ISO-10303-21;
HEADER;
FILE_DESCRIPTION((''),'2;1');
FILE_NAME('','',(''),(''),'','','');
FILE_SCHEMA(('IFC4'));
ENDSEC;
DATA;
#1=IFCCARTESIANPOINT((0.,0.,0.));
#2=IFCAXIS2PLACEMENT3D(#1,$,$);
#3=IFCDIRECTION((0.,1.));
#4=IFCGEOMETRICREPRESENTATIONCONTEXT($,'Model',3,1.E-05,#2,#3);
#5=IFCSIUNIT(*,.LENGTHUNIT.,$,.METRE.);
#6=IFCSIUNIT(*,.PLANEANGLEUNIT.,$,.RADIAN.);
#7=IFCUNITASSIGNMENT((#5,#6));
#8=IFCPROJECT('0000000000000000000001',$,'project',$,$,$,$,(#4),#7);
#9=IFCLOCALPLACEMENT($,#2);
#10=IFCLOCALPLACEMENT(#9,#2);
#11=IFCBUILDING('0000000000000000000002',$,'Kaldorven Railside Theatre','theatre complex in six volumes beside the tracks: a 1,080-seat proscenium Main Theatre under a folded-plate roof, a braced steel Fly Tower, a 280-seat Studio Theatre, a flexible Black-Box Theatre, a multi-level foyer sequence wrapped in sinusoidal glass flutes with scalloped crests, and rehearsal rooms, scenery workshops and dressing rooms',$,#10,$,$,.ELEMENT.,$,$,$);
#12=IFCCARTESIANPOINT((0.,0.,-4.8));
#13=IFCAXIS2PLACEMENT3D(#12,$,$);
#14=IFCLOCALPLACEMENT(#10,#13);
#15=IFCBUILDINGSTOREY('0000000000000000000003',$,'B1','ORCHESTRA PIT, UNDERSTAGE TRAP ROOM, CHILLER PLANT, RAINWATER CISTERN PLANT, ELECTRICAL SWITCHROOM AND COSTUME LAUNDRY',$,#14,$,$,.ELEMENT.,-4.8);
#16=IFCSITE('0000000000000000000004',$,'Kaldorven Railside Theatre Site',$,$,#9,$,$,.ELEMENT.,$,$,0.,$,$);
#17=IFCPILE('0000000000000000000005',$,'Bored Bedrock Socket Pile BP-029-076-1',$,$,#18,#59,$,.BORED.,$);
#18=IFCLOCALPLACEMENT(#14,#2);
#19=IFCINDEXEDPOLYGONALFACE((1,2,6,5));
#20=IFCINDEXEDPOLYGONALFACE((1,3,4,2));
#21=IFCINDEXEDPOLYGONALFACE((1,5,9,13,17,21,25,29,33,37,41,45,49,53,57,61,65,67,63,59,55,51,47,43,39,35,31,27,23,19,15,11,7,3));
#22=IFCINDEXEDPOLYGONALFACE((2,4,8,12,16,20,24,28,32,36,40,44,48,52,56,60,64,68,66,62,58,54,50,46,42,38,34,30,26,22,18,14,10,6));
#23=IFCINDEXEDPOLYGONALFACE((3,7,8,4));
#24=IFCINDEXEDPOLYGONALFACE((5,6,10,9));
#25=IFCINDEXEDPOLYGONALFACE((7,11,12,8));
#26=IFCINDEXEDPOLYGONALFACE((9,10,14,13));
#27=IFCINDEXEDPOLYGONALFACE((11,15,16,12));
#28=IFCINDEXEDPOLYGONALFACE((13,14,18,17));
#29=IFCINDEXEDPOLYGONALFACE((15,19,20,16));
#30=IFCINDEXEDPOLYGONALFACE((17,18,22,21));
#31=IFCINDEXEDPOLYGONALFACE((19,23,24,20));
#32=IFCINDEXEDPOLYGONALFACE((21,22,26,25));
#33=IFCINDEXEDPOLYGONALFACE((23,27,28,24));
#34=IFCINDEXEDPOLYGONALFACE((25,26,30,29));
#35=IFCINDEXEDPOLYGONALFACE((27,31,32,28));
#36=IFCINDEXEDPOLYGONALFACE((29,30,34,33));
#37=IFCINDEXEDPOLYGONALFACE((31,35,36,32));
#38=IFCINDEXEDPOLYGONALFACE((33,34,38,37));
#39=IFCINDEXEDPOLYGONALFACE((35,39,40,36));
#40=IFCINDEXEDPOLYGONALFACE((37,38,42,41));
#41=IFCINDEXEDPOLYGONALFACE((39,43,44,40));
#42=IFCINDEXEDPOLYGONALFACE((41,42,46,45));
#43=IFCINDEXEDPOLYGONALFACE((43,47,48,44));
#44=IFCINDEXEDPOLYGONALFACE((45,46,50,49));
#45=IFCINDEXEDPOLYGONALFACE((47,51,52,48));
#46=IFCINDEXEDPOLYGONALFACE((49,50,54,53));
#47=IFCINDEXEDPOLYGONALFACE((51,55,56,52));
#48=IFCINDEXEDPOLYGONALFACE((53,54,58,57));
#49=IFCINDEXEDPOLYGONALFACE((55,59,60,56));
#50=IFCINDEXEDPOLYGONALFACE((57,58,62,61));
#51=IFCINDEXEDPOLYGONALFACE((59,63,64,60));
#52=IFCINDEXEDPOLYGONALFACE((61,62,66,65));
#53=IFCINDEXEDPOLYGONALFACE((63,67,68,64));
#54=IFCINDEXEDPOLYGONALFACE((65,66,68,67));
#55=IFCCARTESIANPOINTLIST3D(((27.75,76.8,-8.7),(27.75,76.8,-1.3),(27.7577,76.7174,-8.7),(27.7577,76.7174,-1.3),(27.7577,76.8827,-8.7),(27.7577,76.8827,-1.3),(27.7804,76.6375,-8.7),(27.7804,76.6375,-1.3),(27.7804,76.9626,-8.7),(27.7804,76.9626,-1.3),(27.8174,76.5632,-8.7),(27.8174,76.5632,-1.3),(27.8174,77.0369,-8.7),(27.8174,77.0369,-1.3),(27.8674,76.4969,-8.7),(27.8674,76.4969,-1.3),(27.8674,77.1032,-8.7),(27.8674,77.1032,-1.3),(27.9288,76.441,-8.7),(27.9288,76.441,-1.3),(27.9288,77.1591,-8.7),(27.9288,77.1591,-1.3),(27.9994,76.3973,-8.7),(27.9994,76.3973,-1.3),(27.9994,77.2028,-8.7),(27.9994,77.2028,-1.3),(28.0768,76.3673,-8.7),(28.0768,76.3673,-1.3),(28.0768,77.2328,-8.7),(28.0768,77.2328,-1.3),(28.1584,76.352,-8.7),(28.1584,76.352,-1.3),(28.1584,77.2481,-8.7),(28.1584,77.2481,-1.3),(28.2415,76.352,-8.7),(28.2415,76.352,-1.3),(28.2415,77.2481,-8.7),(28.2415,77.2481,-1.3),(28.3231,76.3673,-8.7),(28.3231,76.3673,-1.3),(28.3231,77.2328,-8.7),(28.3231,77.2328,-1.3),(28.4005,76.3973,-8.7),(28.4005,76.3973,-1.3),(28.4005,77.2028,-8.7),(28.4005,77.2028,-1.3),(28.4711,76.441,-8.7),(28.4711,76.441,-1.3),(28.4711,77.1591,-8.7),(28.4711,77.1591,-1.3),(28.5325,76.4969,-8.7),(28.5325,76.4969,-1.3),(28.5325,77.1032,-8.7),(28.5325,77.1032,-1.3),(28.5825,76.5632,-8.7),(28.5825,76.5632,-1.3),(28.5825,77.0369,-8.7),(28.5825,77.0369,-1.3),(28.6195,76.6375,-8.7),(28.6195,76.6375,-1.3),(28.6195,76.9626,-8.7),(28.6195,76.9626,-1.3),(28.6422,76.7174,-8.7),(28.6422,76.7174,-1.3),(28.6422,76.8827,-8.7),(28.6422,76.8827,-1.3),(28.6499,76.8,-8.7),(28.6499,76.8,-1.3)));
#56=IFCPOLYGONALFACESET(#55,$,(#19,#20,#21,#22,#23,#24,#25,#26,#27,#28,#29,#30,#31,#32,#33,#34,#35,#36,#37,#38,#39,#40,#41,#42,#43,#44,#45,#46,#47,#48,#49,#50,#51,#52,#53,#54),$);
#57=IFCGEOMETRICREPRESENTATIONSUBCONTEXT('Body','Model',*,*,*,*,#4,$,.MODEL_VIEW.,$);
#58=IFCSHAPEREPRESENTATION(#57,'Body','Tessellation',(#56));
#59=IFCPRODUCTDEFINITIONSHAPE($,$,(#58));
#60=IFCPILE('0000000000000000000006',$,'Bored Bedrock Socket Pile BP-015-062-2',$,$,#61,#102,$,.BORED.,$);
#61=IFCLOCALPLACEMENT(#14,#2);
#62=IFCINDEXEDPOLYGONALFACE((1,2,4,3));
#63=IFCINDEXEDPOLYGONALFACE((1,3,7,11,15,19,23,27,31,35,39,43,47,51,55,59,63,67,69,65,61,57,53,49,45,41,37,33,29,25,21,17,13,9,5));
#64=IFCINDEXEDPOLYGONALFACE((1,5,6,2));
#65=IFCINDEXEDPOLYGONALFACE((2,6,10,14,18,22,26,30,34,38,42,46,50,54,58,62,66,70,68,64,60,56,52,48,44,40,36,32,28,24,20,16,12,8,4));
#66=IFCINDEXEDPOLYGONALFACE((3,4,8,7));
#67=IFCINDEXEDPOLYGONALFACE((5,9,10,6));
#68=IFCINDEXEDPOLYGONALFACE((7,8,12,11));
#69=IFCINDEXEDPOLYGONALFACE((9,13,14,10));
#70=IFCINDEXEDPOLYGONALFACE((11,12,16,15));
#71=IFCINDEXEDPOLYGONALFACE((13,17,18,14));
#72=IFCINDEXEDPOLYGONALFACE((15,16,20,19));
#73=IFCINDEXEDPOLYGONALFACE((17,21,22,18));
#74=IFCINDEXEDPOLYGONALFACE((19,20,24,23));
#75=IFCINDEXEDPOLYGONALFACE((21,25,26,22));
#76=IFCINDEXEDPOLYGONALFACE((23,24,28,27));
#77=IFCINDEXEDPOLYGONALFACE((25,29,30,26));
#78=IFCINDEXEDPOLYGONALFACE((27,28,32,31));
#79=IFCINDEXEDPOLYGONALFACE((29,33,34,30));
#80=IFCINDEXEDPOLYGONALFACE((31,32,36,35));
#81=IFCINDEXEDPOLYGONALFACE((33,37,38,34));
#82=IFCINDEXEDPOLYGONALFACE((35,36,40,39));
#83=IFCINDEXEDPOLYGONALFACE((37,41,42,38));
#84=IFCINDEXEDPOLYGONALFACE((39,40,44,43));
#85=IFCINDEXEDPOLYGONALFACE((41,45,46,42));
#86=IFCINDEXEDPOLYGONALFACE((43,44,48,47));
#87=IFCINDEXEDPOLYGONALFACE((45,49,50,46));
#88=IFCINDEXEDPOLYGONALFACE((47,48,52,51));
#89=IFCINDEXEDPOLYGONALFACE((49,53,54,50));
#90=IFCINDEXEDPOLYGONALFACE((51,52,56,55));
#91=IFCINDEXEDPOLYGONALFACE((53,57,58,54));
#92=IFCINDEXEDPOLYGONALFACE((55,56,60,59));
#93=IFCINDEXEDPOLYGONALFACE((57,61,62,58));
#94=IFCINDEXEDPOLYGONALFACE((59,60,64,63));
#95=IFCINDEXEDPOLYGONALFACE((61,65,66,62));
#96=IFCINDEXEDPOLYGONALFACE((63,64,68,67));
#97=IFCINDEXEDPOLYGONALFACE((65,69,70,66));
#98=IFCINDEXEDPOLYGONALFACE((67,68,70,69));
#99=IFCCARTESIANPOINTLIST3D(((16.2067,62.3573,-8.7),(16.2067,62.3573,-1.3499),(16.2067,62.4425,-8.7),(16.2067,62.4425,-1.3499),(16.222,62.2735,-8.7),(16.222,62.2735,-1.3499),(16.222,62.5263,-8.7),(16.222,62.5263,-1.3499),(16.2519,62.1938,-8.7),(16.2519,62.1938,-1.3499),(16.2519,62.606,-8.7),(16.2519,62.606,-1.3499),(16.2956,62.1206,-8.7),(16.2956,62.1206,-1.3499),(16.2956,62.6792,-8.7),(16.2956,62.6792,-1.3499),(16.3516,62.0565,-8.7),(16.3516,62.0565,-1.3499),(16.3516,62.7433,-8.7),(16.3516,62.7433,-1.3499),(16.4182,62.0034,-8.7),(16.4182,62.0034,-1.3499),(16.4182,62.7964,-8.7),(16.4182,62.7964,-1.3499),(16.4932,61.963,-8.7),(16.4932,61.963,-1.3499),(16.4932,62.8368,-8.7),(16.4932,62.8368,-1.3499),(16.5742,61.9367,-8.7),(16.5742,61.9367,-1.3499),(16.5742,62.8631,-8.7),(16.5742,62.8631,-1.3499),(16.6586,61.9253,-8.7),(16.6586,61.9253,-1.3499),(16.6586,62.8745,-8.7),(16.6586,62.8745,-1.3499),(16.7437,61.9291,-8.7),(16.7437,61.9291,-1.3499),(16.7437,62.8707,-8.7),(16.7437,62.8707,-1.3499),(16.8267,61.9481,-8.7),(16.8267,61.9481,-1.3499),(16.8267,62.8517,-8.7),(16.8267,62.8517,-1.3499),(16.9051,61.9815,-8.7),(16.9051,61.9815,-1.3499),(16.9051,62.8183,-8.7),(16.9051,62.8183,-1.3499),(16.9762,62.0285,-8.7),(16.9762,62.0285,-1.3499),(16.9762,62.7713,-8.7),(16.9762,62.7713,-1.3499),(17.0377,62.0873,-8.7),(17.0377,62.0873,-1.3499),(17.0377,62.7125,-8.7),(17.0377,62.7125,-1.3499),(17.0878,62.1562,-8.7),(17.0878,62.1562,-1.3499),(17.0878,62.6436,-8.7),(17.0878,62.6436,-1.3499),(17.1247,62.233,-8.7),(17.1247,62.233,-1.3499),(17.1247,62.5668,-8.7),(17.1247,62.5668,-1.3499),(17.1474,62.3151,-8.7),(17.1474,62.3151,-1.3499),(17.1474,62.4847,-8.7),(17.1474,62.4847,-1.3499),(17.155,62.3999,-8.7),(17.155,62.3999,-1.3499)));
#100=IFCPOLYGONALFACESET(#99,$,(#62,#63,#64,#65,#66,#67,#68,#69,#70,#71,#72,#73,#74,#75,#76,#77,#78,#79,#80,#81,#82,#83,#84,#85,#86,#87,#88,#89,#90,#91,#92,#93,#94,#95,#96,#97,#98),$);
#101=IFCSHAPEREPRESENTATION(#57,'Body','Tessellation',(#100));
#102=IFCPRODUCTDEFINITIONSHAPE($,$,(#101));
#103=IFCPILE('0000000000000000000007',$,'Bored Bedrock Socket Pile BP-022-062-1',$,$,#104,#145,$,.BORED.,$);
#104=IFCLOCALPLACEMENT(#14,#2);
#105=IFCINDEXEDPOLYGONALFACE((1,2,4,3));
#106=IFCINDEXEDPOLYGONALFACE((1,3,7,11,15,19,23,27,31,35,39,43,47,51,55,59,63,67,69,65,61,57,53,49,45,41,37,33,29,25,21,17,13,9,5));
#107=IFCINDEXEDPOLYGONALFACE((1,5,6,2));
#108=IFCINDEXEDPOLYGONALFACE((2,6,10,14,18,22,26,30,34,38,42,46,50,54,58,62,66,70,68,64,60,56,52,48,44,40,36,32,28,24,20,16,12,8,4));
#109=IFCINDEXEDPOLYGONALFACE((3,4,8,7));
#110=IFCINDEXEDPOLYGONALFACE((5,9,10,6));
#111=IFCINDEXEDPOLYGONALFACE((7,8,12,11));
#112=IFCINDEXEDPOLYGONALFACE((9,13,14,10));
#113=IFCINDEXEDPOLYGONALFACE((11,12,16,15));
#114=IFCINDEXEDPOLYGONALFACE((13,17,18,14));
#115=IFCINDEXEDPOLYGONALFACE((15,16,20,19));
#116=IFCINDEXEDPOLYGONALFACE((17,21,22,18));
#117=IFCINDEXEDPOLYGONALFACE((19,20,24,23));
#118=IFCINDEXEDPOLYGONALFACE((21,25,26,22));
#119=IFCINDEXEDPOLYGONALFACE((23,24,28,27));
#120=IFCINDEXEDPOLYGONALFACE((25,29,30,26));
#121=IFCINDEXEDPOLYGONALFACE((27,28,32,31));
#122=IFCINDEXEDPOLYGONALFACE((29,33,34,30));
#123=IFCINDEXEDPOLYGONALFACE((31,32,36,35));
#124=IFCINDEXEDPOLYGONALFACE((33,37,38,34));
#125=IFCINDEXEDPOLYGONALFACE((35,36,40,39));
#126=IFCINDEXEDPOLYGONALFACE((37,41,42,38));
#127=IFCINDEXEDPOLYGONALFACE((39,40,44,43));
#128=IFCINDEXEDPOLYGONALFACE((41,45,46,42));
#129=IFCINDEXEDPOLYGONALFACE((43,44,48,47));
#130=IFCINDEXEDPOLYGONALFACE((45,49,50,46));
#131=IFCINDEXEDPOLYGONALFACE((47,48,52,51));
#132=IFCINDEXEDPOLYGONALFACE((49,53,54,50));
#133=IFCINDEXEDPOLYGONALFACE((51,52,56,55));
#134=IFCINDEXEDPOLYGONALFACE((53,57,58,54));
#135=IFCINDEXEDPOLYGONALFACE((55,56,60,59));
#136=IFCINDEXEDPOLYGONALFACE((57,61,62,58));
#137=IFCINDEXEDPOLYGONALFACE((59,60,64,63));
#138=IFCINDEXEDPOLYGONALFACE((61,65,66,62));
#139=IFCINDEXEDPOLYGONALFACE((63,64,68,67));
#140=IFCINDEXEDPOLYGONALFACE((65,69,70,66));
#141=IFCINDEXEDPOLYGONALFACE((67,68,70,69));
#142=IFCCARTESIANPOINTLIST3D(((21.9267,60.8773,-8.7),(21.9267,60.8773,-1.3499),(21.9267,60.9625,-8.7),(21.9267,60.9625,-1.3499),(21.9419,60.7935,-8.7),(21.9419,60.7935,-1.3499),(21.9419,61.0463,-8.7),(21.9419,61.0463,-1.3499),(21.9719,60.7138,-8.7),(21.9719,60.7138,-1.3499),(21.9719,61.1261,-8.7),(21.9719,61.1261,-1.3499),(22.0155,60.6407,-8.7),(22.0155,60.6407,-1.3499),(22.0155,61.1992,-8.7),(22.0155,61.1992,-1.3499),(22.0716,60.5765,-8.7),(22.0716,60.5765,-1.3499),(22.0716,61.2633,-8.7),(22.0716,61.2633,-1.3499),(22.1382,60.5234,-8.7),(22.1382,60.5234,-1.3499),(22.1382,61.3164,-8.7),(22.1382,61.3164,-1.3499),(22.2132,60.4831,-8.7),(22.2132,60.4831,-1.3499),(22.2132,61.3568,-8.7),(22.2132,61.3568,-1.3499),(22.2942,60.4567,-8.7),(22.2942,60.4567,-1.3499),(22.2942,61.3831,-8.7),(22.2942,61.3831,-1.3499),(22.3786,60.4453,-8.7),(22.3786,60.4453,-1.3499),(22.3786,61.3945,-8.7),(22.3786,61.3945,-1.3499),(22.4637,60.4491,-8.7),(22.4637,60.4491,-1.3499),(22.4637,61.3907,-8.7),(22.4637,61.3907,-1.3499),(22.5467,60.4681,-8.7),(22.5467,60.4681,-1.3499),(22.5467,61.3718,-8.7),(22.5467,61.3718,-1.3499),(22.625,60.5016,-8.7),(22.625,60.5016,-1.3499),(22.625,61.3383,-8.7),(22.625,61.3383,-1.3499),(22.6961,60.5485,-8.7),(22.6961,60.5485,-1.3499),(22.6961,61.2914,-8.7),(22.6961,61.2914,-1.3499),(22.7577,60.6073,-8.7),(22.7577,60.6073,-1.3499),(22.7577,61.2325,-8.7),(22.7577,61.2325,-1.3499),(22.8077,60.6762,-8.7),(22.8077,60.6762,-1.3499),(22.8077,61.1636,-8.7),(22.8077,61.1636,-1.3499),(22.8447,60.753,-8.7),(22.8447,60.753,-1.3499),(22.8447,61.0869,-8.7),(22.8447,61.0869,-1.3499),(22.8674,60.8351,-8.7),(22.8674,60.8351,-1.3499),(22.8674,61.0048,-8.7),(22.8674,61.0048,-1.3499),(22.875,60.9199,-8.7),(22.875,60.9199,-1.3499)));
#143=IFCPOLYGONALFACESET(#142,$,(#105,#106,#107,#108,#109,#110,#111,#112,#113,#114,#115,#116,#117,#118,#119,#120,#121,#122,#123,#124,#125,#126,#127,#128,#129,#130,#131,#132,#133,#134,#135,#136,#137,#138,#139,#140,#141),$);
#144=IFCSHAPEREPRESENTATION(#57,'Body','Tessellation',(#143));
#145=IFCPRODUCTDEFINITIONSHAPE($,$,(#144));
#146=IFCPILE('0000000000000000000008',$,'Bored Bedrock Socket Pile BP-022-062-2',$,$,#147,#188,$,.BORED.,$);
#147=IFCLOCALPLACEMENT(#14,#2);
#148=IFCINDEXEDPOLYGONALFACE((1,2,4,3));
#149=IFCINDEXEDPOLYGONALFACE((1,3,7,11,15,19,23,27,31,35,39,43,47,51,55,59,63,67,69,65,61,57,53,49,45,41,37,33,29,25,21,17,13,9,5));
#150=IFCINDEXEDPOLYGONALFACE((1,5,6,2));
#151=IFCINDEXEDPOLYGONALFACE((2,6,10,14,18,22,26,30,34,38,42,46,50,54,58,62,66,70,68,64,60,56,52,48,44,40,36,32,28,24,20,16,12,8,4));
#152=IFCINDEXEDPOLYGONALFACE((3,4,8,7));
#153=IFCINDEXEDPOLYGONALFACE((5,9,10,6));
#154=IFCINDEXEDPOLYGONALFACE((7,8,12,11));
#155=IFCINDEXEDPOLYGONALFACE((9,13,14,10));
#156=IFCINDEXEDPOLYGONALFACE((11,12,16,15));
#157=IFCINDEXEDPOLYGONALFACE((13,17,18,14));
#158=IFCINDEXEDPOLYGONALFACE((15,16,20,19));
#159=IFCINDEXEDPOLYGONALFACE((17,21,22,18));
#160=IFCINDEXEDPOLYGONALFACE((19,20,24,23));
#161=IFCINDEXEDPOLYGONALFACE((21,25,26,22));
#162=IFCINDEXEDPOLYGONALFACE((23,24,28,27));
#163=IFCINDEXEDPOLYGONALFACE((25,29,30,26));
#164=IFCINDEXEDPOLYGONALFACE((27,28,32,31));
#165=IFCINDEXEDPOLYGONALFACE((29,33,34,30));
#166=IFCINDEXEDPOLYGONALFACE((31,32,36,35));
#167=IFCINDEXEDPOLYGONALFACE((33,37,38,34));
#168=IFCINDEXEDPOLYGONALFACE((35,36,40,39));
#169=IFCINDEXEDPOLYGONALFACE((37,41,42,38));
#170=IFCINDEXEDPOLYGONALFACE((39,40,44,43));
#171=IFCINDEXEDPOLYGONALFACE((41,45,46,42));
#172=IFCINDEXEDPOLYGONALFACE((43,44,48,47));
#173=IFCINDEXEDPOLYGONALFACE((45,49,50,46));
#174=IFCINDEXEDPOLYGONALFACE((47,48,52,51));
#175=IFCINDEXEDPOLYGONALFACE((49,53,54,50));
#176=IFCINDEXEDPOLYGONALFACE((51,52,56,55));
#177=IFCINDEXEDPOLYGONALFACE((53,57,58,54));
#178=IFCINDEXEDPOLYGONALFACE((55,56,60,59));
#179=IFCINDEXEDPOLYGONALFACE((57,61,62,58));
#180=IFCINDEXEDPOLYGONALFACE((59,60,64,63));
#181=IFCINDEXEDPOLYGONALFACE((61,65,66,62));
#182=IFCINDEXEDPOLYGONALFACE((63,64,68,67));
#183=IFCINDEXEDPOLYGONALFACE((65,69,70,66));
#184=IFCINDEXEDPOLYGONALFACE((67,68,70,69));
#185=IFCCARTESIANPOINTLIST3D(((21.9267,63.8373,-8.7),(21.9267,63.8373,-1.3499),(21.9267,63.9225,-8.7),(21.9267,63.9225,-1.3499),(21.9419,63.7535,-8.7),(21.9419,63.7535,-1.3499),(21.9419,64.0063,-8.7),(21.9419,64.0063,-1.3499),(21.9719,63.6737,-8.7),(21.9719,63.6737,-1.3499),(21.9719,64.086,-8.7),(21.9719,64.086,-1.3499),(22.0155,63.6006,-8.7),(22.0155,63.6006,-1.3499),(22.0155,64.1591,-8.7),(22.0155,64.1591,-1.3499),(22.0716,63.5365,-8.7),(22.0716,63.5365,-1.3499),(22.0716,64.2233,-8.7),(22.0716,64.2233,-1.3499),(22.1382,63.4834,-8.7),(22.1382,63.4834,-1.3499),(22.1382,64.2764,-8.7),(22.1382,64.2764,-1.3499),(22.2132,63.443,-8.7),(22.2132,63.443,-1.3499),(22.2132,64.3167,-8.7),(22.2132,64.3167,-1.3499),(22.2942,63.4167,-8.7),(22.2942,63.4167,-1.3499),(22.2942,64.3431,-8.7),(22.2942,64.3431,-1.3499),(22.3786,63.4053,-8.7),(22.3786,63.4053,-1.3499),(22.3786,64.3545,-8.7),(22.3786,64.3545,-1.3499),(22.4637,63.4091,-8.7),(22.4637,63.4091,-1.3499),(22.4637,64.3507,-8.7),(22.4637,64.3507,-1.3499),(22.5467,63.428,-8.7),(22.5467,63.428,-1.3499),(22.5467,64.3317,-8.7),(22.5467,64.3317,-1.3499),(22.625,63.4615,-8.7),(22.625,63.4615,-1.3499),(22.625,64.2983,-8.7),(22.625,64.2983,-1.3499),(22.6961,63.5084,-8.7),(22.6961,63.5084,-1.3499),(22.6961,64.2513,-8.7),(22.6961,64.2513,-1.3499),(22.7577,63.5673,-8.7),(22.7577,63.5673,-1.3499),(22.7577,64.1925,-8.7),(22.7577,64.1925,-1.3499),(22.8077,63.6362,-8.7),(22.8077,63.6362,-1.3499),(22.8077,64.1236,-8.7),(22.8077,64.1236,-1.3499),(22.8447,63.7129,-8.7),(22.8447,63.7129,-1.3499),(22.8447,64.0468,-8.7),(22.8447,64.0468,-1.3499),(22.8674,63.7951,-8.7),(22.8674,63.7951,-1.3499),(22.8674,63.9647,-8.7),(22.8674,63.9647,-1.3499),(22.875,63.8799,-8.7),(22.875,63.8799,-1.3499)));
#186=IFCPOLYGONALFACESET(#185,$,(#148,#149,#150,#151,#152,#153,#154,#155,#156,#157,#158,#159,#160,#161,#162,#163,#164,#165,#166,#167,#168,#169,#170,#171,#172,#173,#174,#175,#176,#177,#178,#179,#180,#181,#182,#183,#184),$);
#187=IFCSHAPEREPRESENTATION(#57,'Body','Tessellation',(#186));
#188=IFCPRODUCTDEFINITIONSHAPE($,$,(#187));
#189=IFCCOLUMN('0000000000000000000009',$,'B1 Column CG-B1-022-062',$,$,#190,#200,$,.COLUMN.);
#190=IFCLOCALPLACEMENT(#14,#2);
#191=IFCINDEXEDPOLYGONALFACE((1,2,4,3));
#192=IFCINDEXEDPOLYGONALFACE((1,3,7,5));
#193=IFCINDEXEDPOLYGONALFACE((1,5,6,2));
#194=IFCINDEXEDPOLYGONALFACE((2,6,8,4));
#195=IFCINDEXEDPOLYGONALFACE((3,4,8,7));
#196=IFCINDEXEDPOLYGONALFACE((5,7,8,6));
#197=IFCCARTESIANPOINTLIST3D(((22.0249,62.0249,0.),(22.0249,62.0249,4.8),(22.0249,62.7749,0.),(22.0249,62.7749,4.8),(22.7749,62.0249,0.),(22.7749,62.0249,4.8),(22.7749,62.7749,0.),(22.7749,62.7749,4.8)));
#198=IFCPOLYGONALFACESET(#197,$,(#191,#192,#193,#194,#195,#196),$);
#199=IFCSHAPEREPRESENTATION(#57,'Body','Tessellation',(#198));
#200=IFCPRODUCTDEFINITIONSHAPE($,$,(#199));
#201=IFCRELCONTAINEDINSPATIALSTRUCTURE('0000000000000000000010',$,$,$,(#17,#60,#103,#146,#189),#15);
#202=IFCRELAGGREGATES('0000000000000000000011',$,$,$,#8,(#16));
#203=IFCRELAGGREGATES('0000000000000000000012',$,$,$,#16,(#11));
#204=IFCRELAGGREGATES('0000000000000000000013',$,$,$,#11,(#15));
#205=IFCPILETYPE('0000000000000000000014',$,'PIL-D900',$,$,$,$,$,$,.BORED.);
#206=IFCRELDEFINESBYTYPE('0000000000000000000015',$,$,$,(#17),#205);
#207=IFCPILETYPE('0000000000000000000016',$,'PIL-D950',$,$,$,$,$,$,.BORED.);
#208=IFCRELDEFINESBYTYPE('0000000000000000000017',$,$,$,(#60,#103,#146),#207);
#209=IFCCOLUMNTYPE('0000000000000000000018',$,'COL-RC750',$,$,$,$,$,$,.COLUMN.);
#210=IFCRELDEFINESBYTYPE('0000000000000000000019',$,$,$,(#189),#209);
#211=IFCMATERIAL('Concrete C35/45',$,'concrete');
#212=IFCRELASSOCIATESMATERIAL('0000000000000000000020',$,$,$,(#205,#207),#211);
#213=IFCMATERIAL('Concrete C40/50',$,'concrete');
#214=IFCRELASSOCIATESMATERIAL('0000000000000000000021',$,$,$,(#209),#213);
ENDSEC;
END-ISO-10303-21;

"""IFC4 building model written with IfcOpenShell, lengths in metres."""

from ifc_helpers import new_model, si_unit, direction, frame, origin, origin_2d, place, context, subcontext, project, spatial, rectangle, circle, extrude, material, material_profile, profile_set, type_object, element, save


model = new_model("IFC4")

# Units and contexts
model_context = context("Model", 3, precision=1e-05, world=origin(), true_north=direction((0.0, 1.0)))
body_context = subcontext(model_context, "Body", "Model", "MODEL_VIEW")
ifc_project = project(units=[si_unit("LENGTHUNIT", "METRE"), si_unit("PLANEANGLEUNIT", "RADIAN")], contexts=[model_context])

# Site, building, storey
site_placement = place(None, origin())
site = spatial("IfcSite", under=ifc_project, at=site_placement, Name="Kaldorven Railside Theatre Site", CompositionType="ELEMENT", RefElevation=0.0)
building_placement = place(site_placement, origin())
building = spatial("IfcBuilding", under=site, at=building_placement, Name="Kaldorven Railside Theatre", Description="theatre complex in six volumes beside the tracks: a 1,080-seat proscenium Main Theatre under a folded-plate roof, a braced steel Fly Tower, a 280-seat Studio Theatre, a flexible Black-Box Theatre, a multi-level foyer sequence wrapped in sinusoidal glass flutes with scalloped crests, and rehearsal rooms, scenery workshops and dressing rooms", CompositionType="ELEMENT")
storey_placement = place(building_placement, frame((0.0, 0.0, -4.8)))
storey = spatial("IfcBuildingStorey", under=building, at=storey_placement, Name="B1", Description="ORCHESTRA PIT, UNDERSTAGE TRAP ROOM, CHILLER PLANT, RAINWATER CISTERN PLANT, ELECTRICAL SWITCHROOM AND COSTUME LAUNDRY", CompositionType="ELEMENT", Elevation=-4.8)

# Shared definitions
ifc_material_1 = material(Name="Concrete C40/50", Category="concrete")

# Piles
ifc_material_2 = material(Name="Concrete C35/45", Category="concrete")
ifc_material_profile_1 = material_profile(ifc_material_2, circle(Radius=0.45, at=origin_2d()), Name="BP D900")
ifc_profile_set_1 = profile_set([ifc_material_profile_1], Name="Concrete C35/45")
pile_type_1 = type_object("IfcPileType", Name="PIL-D900", PredefinedType="BORED", material=ifc_profile_set_1)
for number, where, z_axis, x_axis, name in (
    (1, (28.2, 76.8, -1.3), (0.0, 0.0, -1.0), (1.0, 0.0, 0.0), "Bored Bedrock Socket Pile BP-029-076-1"),
):
    element("IfcPile", number, at=place(storey_placement, frame(where, z_axis=z_axis, x_axis=x_axis)), inside=storey, type_object=pile_type_1, Name=name, PredefinedType="BORED", context=body_context, shape_type="SweptSolid", body=[
        extrude(circle(Radius=0.45, at=origin_2d()), origin(), (0.0, 0.0, 1.0), 7.3999),
    ])
ifc_material_profile_2 = material_profile(ifc_material_2, circle(Radius=0.4751, at=origin_2d()), Name="BP D950")
ifc_profile_set_2 = profile_set([ifc_material_profile_2], Name="Concrete C35/45")
pile_type_2 = type_object("IfcPileType", Name="PIL-D950", PredefinedType="BORED", material=ifc_profile_set_2)
for number, where, z_axis, x_axis, name in (
    (2, (16.6799, 62.3999, -1.3499), (0.0, 0.0, -1.0), (1.0, 0.0, 0.0), "Bored Bedrock Socket Pile BP-015-062-2"),
    (3, (22.3999, 60.9199, -1.3499), (0.0, 0.0, -1.0), (1.0, 0.0, 0.0), "Bored Bedrock Socket Pile BP-022-062-1"),
    (4, (22.3999, 63.8799, -1.3499), (0.0, 0.0, -1.0), (1.0, 0.0, 0.0), "Bored Bedrock Socket Pile BP-022-062-2"),
):
    element("IfcPile", number, at=place(storey_placement, frame(where, z_axis=z_axis, x_axis=x_axis)), inside=storey, type_object=pile_type_2, Name=name, PredefinedType="BORED", context=body_context, shape_type="SweptSolid", body=[
        extrude(circle(Radius=0.4751, at=origin_2d()), origin(), (0.0, 0.0, 1.0), 7.3501),
    ])

# Column
ifc_material_profile_3 = material_profile(ifc_material_1, rectangle(XDim=0.75, YDim=0.75, at=origin_2d()), Name="RC 750x750")
ifc_profile_set_3 = profile_set([ifc_material_profile_3], Name="Concrete C40/50")
column_type = type_object("IfcColumnType", Name="COL-RC750", PredefinedType="COLUMN", material=ifc_profile_set_3)
for number, where, z_axis, x_axis, name in (
    (5, (22.3999, 62.3999, 0.0), (0.0, 0.0, 1.0), (1.0, 0.0, 0.0), "B1 Column CG-B1-022-062"),
):
    element("IfcColumn", number, at=place(storey_placement, frame(where, z_axis=z_axis, x_axis=x_axis)), inside=storey, type_object=column_type, Name=name, PredefinedType="COLUMN", context=body_context, shape_type="SweptSolid", body=[
        extrude(rectangle(XDim=0.75, YDim=0.75, at=origin_2d()), origin(), (0.0, 0.0, 1.0), 4.8),
    ])

save(model, "model.ifc")
